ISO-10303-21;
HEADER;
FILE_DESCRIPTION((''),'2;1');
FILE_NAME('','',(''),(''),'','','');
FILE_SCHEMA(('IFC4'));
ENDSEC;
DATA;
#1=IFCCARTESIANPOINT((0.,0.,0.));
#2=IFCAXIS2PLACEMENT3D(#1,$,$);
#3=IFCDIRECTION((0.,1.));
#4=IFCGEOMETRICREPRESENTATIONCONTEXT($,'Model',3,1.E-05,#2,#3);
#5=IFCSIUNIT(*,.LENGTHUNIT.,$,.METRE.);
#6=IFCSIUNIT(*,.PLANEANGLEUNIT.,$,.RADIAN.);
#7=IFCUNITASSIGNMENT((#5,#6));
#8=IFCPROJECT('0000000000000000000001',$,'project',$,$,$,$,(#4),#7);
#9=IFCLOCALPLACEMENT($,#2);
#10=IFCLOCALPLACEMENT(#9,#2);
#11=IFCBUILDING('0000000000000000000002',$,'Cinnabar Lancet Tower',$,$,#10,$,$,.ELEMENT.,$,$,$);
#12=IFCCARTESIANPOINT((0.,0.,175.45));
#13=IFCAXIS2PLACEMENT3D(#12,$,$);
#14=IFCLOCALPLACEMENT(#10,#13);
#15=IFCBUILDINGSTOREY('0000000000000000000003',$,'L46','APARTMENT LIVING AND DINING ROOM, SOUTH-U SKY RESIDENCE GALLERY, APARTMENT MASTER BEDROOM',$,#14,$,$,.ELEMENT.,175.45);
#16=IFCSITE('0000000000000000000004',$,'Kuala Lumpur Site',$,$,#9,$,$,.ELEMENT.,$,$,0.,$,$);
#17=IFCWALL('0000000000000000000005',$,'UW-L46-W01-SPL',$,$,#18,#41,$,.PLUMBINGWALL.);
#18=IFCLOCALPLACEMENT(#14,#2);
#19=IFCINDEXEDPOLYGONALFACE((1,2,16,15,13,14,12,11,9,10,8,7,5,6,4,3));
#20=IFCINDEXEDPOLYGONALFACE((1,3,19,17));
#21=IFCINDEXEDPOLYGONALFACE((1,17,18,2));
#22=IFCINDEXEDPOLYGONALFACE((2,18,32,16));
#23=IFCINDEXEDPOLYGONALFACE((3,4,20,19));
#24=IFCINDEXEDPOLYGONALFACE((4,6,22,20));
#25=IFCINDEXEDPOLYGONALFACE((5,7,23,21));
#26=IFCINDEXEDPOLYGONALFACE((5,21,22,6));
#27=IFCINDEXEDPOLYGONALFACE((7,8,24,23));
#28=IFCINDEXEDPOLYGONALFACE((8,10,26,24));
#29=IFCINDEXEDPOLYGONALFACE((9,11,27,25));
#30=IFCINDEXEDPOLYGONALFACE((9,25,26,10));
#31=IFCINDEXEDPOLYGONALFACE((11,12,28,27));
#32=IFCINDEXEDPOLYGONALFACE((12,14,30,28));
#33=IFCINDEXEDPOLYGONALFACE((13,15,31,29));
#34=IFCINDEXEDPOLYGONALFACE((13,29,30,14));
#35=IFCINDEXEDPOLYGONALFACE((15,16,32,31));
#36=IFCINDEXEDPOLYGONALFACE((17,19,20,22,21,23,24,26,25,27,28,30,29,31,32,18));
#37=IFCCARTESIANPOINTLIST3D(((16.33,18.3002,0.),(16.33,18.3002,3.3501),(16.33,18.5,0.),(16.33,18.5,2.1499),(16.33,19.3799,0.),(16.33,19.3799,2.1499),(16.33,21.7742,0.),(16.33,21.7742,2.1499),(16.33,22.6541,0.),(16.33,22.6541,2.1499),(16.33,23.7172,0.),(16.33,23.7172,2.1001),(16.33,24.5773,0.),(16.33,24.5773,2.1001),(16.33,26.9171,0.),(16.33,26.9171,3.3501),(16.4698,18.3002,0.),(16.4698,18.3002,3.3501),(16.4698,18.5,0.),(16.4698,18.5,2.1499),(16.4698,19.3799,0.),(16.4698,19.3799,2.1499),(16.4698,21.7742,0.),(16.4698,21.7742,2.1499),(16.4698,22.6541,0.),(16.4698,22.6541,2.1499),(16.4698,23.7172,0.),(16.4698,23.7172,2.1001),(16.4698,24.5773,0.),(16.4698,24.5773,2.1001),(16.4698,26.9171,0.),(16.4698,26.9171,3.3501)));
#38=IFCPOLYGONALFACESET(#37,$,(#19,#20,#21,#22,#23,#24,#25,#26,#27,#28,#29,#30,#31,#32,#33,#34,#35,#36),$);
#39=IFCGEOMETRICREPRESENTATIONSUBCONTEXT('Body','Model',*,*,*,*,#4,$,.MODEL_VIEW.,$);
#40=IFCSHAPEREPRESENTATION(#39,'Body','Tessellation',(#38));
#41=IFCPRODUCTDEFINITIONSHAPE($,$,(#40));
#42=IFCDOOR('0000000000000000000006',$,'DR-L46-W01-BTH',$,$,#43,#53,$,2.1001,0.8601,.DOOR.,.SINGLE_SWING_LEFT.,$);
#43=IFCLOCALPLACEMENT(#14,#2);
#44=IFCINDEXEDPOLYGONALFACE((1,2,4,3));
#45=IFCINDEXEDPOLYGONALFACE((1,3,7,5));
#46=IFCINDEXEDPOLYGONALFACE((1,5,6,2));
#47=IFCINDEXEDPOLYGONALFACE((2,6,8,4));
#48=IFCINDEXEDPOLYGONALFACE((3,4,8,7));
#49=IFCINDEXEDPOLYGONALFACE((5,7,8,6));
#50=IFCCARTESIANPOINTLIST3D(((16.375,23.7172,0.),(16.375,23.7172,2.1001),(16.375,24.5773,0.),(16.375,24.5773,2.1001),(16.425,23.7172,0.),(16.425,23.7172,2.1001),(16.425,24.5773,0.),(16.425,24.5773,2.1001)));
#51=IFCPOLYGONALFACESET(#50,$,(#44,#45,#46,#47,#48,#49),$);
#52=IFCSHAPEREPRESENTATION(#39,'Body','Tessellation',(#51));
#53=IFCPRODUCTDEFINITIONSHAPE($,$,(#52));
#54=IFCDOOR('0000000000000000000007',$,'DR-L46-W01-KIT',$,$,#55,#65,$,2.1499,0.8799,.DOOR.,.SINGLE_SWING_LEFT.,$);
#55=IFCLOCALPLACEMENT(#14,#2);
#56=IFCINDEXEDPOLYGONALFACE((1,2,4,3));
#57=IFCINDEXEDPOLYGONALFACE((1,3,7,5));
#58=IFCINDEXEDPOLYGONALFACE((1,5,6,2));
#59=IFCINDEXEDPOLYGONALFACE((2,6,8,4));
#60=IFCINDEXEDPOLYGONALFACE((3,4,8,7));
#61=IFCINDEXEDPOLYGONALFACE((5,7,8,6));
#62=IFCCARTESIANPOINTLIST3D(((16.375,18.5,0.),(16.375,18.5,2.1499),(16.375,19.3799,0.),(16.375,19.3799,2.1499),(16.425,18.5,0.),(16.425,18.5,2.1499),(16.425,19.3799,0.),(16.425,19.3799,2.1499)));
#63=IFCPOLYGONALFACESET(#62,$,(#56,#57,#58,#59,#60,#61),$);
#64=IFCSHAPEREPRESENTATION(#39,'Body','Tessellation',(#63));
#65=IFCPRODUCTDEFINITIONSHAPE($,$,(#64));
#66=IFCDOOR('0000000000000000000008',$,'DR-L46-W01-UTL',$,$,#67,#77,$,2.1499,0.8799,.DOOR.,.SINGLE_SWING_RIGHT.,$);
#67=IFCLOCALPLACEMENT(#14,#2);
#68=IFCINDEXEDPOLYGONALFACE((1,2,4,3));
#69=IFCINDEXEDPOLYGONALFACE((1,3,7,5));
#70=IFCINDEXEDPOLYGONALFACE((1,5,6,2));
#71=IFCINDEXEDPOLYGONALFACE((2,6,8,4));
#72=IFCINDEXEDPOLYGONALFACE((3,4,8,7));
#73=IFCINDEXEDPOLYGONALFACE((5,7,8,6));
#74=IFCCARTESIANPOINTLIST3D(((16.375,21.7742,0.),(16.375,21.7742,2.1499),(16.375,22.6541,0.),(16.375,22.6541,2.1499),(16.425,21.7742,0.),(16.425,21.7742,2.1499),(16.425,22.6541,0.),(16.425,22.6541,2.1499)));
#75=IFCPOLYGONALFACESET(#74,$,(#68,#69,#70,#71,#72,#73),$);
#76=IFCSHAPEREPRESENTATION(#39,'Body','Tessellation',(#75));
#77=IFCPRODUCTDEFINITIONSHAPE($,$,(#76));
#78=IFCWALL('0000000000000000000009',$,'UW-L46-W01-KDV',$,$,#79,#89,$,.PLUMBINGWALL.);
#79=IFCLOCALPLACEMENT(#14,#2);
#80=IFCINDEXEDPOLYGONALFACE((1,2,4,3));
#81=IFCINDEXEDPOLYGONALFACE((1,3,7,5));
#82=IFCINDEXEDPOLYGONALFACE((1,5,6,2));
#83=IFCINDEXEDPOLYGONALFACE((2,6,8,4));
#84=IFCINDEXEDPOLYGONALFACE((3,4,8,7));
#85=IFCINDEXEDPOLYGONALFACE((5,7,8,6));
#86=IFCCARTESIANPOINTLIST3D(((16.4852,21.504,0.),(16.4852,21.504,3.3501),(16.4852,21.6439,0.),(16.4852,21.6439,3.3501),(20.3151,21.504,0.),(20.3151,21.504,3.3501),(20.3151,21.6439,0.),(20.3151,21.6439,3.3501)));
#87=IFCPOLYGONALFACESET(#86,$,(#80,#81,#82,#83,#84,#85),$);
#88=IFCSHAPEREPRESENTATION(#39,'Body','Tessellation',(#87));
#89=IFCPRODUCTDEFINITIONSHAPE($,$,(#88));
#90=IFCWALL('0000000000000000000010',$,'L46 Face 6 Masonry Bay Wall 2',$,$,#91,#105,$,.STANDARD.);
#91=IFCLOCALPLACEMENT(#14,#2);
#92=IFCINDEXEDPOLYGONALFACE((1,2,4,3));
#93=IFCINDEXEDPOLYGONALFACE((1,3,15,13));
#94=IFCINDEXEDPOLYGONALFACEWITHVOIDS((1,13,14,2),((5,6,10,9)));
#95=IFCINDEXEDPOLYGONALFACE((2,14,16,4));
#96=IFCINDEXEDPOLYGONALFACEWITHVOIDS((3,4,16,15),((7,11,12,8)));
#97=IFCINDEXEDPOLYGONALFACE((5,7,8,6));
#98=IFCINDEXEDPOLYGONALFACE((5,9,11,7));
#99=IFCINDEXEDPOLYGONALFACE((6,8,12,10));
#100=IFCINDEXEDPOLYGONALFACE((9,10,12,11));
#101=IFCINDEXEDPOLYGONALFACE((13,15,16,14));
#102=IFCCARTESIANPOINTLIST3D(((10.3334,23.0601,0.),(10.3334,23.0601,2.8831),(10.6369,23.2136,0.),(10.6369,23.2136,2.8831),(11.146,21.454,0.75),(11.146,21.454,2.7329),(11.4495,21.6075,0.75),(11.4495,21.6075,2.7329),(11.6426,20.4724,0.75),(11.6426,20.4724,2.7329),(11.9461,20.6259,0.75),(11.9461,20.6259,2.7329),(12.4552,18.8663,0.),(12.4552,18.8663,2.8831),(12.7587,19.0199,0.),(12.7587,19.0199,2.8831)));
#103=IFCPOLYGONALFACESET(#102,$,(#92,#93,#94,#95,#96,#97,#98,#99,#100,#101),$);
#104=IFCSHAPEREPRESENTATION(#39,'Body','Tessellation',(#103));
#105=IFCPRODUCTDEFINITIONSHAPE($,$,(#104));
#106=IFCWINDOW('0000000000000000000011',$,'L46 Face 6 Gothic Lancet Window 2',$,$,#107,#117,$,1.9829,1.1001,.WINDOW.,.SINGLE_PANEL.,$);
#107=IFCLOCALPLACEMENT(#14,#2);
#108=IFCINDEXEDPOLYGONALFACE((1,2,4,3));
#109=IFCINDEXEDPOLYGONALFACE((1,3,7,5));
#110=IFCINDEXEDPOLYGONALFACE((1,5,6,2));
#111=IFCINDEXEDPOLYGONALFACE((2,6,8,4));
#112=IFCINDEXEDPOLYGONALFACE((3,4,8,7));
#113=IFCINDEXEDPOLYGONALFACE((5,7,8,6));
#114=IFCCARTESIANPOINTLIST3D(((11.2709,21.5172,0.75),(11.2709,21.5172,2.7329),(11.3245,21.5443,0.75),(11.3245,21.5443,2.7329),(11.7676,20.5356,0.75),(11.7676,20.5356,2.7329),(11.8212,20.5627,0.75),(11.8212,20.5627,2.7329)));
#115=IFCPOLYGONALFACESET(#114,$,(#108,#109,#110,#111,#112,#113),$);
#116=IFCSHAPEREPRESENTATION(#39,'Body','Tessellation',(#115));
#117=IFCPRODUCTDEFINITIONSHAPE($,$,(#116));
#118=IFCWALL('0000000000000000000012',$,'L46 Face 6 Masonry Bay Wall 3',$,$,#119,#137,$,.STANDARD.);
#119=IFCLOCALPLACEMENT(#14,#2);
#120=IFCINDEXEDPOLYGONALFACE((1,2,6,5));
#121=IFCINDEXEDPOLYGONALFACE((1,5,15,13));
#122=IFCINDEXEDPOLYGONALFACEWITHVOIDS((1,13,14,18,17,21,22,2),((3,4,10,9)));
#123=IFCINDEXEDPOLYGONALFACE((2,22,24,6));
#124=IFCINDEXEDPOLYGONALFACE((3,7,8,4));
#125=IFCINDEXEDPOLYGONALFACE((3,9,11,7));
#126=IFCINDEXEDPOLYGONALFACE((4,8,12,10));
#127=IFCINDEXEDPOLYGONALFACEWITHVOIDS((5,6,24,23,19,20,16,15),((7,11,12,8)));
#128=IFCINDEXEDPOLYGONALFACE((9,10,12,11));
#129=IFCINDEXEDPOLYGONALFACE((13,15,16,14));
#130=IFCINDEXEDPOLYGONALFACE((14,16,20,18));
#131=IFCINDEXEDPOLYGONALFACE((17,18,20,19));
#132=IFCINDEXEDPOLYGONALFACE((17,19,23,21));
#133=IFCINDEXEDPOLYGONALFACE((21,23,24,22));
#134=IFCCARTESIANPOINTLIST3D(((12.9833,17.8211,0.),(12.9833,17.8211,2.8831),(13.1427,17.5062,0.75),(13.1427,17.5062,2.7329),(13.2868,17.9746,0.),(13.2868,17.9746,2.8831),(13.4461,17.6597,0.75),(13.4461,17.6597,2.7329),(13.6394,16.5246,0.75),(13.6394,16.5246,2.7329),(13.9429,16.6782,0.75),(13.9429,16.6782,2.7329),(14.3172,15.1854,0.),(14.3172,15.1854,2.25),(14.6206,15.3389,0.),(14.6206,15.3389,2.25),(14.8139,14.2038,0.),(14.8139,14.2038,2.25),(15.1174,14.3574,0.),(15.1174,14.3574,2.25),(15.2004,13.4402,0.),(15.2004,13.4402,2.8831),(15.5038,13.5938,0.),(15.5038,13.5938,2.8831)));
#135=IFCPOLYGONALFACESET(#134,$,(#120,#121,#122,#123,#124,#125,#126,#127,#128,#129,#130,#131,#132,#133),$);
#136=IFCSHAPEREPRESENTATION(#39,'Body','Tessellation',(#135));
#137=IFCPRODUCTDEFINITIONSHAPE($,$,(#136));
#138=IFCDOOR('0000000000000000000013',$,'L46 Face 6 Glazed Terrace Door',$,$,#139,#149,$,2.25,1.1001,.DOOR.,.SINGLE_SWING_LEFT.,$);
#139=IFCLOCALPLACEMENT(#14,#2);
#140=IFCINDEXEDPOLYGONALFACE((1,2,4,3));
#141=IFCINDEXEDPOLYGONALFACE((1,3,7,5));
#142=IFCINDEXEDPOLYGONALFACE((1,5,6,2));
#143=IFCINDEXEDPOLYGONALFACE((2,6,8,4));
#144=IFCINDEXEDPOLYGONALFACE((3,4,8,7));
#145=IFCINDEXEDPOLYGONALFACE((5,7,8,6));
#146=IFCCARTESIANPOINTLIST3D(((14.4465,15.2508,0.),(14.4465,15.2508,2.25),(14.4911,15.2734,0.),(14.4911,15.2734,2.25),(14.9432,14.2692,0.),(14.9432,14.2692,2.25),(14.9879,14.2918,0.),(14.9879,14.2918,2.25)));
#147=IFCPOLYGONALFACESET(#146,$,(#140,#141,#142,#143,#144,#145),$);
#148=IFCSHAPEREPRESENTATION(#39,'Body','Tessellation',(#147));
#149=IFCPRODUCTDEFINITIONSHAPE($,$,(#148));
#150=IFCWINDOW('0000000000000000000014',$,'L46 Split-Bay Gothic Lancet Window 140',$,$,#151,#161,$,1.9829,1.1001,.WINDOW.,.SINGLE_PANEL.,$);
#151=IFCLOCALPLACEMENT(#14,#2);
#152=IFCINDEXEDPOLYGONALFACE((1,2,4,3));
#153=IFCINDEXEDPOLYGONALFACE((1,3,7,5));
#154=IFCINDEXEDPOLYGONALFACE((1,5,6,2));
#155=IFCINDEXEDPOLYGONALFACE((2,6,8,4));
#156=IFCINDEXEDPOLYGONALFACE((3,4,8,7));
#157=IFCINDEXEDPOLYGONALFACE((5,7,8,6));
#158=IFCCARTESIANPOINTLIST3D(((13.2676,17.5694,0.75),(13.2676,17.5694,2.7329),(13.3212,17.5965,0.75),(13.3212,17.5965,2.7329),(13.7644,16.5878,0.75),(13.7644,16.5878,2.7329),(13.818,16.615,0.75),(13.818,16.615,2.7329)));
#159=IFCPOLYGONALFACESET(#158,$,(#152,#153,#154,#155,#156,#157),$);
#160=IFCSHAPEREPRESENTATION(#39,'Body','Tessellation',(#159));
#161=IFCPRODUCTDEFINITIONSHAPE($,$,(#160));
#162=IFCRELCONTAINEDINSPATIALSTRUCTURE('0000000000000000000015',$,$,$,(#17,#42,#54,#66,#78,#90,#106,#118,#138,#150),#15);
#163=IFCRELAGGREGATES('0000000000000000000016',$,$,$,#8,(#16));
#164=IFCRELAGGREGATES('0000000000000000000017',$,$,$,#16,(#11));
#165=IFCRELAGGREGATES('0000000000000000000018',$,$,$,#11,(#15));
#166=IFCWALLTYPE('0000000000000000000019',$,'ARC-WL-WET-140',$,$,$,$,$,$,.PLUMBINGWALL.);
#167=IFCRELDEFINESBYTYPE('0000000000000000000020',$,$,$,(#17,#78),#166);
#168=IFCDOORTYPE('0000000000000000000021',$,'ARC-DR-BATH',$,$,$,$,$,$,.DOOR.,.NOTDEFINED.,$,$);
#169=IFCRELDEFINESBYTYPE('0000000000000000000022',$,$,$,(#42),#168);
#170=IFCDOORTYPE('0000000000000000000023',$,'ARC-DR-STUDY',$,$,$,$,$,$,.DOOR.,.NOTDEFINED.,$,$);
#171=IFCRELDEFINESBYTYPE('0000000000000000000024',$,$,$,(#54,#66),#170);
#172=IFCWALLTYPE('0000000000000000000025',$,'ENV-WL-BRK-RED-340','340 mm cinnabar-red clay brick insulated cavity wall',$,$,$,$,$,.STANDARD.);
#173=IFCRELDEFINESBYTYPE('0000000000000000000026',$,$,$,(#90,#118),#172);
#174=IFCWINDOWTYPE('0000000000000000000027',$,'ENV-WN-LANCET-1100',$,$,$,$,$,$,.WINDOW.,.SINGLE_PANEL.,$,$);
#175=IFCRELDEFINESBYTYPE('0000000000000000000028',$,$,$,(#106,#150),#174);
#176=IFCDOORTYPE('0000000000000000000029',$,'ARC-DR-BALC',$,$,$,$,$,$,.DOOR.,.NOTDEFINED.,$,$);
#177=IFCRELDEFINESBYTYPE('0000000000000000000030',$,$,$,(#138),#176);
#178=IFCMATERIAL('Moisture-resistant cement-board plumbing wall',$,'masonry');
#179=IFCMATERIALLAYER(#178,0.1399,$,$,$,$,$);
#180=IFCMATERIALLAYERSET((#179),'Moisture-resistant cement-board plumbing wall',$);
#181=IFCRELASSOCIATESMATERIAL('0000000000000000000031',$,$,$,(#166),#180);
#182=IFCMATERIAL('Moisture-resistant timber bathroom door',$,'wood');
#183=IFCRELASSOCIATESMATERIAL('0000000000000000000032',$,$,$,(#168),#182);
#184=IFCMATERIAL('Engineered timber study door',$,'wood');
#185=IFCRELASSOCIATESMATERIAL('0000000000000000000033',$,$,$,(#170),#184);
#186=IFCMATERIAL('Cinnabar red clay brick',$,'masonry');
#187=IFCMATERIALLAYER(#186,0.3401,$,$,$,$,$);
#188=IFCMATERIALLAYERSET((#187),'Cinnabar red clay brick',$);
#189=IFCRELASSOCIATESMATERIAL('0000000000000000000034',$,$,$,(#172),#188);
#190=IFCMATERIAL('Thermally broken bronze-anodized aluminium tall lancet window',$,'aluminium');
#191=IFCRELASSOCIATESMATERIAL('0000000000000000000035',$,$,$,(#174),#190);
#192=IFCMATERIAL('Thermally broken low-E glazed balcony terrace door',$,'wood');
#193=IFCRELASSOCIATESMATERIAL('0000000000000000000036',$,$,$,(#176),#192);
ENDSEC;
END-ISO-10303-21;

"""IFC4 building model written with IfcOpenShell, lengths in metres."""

from ifc_helpers import new_model, si_unit, direction, frame, frame_2d, origin, place, context, subcontext, project, spatial, rectangle, extrude, material, layer, layer_set, type_object, element, fill, save


model = new_model("IFC4")

# Units and contexts
model_context = context("Model", 3, precision=1e-05, world=origin(), true_north=direction((0.0, 1.0)))
body_context = subcontext(model_context, "Body", "Model", "MODEL_VIEW")
ifc_project = project(units=[si_unit("LENGTHUNIT", "METRE"), si_unit("PLANEANGLEUNIT", "RADIAN")], contexts=[model_context])

# Site, building, storey
site_placement = place(None, origin())
site = spatial("IfcSite", under=ifc_project, at=site_placement, Name="Kuala Lumpur Site", CompositionType="ELEMENT", RefElevation=0.0)
building_placement = place(site_placement, origin())
building = spatial("IfcBuilding", under=site, at=building_placement, Name="Cinnabar Lancet Tower", CompositionType="ELEMENT")
storey_placement = place(building_placement, frame((0.0, 0.0, 175.45)))
storey = spatial("IfcBuildingStorey", under=building, at=storey_placement, Name="L46", Description="APARTMENT LIVING AND DINING ROOM, SOUTH-U SKY RESIDENCE GALLERY, APARTMENT MASTER BEDROOM", CompositionType="ELEMENT", Elevation=175.45)

# Wall, openings, doors
ifc_material_1 = material(Name="Moisture-resistant cement-board plumbing wall", Category="masonry")
ifc_layer_1 = layer(ifc_material_1, 0.1399)
ifc_layer_set_1 = layer_set([ifc_layer_1], Name="Moisture-resistant cement-board plumbing wall")
wall_type_1 = type_object("IfcWallType", Name="ARC-WL-WET-140", PredefinedType="PLUMBINGWALL", material=ifc_layer_set_1)
wall_1_placement = place(storey_placement, frame((16.3999, 18.3, 0.0), z_axis=(0.0, 0.0, 1.0), x_axis=(0.0, 1.0, 0.0)))
wall_1 = element("IfcWall", 1, at=wall_1_placement, inside=storey, type_object=wall_type_1, Name="UW-L46-W01-SPL", PredefinedType="PLUMBINGWALL", context=body_context, shape_type="SweptSolid", body=[
    extrude(rectangle(XDim=8.6169, YDim=0.1399, at=frame_2d((4.3086, 0.0))), origin(), (0.0, 0.0, 1.0), 3.3501),
])
opening_1_placement = place(wall_1_placement, frame((0.2, 0.0, 0.0)))
opening_1 = element("IfcOpeningElement", 2, at=opening_1_placement, cuts=wall_1, PredefinedType="OPENING", context=body_context, shape_type="SweptSolid", body=[
    extrude(rectangle(XDim=0.8799, YDim=2.1499, at=frame_2d((0.4399, 1.075))), frame((0.0, 0.0798, 0.0), z_axis=(0.0, -1.0, 0.0), x_axis=(1.0, 0.0, 0.0)), (0.0, 0.0, 1.0), 0.1599),
])
opening_2_placement = place(wall_1_placement, frame((3.4741, 0.0, 0.0)))
opening_2 = element("IfcOpeningElement", 3, at=opening_2_placement, cuts=wall_1, PredefinedType="OPENING", context=body_context, shape_type="SweptSolid", body=[
    extrude(rectangle(XDim=0.8799, YDim=2.1499, at=frame_2d((0.4399, 1.075))), frame((0.0, 0.0798, 0.0), z_axis=(0.0, -1.0, 0.0), x_axis=(1.0, 0.0, 0.0)), (0.0, 0.0, 1.0), 0.1599),
])
opening_3_placement = place(wall_1_placement, frame((5.417, 0.0, 0.0)))
opening_3 = element("IfcOpeningElement", 4, at=opening_3_placement, cuts=wall_1, PredefinedType="OPENING", context=body_context, shape_type="SweptSolid", body=[
    extrude(rectangle(XDim=0.8601, YDim=2.1001, at=frame_2d((0.4302, 1.05))), frame((0.0, 0.0798, 0.0), z_axis=(0.0, -1.0, 0.0), x_axis=(1.0, 0.0, 0.0)), (0.0, 0.0, 1.0), 0.1599),
])
ifc_material_2 = material(Name="Moisture-resistant timber bathroom door", Category="wood")
door_type_1 = type_object("IfcDoorType", Name="ARC-DR-BATH", OperationType="NOTDEFINED", PredefinedType="DOOR", material=ifc_material_2)
door_1_placement = place(opening_3_placement, origin())
door_1 = element("IfcDoor", 5, at=door_1_placement, inside=storey, type_object=door_type_1, Name="DR-L46-W01-BTH", OperationType="SINGLE_SWING_LEFT", OverallHeight=2.1001, OverallWidth=0.8601, PredefinedType="DOOR", context=body_context, shape_type="SweptSolid", body=[
    extrude(rectangle(XDim=0.8601, YDim=2.1001, at=frame_2d((0.4302, 1.05))), frame((0.0, 0.0249, 0.0), z_axis=(0.0, -1.0, 0.0), x_axis=(1.0, 0.0, 0.0)), (0.0, 0.0, 1.0), 0.05),
])
fill(opening_3, door_1)
ifc_material_3 = material(Name="Engineered timber study door", Category="wood")
door_type_2 = type_object("IfcDoorType", Name="ARC-DR-STUDY", OperationType="NOTDEFINED", PredefinedType="DOOR", material=ifc_material_3)
door_2_placement = place(opening_1_placement, origin())
door_2 = element("IfcDoor", 6, at=door_2_placement, inside=storey, type_object=door_type_2, Name="DR-L46-W01-KIT", OperationType="SINGLE_SWING_LEFT", OverallHeight=2.1499, OverallWidth=0.8799, PredefinedType="DOOR", context=body_context, shape_type="SweptSolid", body=[
    extrude(rectangle(XDim=0.8799, YDim=2.1499, at=frame_2d((0.4399, 1.075))), frame((0.0, 0.0249, 0.0), z_axis=(0.0, -1.0, 0.0), x_axis=(1.0, 0.0, 0.0)), (0.0, 0.0, 1.0), 0.05),
])
fill(opening_1, door_2)
door_3_placement = place(opening_2_placement, origin())
door_3 = element("IfcDoor", 7, at=door_3_placement, inside=storey, type_object=door_type_2, Name="DR-L46-W01-UTL", OperationType="SINGLE_SWING_RIGHT", OverallHeight=2.1499, OverallWidth=0.8799, PredefinedType="DOOR", context=body_context, shape_type="SweptSolid", body=[
    extrude(rectangle(XDim=0.8799, YDim=2.1499, at=frame_2d((0.4399, 1.075))), frame((0.0, 0.0249, 0.0), z_axis=(0.0, -1.0, 0.0), x_axis=(1.0, 0.0, 0.0)), (0.0, 0.0, 1.0), 0.05),
])
fill(opening_2, door_3)

# Wall
wall_2_placement = place(storey_placement, frame((16.4851, 21.574, 0.0), z_axis=(0.0, 0.0, 1.0), x_axis=(1.0, 0.0, 0.0)))
element("IfcWall", 8, at=wall_2_placement, inside=storey, type_object=wall_type_1, Name="UW-L46-W01-KDV", PredefinedType="PLUMBINGWALL", context=body_context, shape_type="SweptSolid", body=[
    extrude(rectangle(XDim=3.8298, YDim=0.1399, at=frame_2d((1.915, 0.0))), origin(), (0.0, 0.0, 1.0), 3.3501),
])

# Wall, opening, window
ifc_material_4 = material(Name="Cinnabar red clay brick", Category="masonry")
ifc_layer_2 = layer(ifc_material_4, 0.3401)
ifc_layer_set_2 = layer_set([ifc_layer_2], Name="Cinnabar red clay brick")
wall_type_2 = type_object("IfcWallType", Name="ENV-WL-BRK-RED-340", Description="340 mm cinnabar-red clay brick insulated cavity wall", PredefinedType="STANDARD", material=ifc_layer_set_2)
wall_3_placement = place(storey_placement, frame((10.4851, 23.137, 0.0), z_axis=(0.0, 0.0, 1.0), x_axis=(0.451447, -0.892298, 0.0)))
wall_3 = element("IfcWall", 9, at=wall_3_placement, inside=storey, type_object=wall_type_2, Name="L46 Face 6 Masonry Bay Wall 2", PredefinedType="STANDARD", context=body_context, shape_type="SweptSolid", body=[
    extrude(rectangle(XDim=4.7, YDim=0.3401, at=frame_2d((2.3501, 0.0))), origin(), (0.0, 0.0, 1.0), 2.8831),
])
opening_4_placement = place(wall_3_placement, frame((1.8, 0.0, 0.75)))
opening_4 = element("IfcOpeningElement", 10, at=opening_4_placement, cuts=wall_3, PredefinedType="OPENING", context=body_context, shape_type="SweptSolid", body=[
    extrude(rectangle(XDim=1.1001, YDim=1.9829, at=frame_2d((0.55, 0.9915))), frame((0.0, 0.1799, 0.0), z_axis=(0.0, -1.0, 0.0), x_axis=(1.0, 0.0, 0.0)), (0.0, 0.0, 1.0), 0.3601),
])
ifc_material_5 = material(Name="Thermally broken bronze-anodized aluminium tall lancet window", Category="aluminium")
window_type = type_object("IfcWindowType", Name="ENV-WN-LANCET-1100", PartitioningType="SINGLE_PANEL", PredefinedType="WINDOW", material=ifc_material_5)
window_1_placement = place(opening_4_placement, origin())
window_1 = element("IfcWindow", 11, at=window_1_placement, inside=storey, type_object=window_type, Name="L46 Face 6 Gothic Lancet Window 2", OverallHeight=1.9829, OverallWidth=1.1001, PartitioningType="SINGLE_PANEL", PredefinedType="WINDOW", context=body_context, shape_type="SweptSolid", body=[
    extrude(rectangle(XDim=1.1001, YDim=1.9829, at=frame_2d((0.55, 0.9915))), frame((0.0, 0.03, 0.0), z_axis=(0.0, -1.0, 0.0), x_axis=(1.0, 0.0, 0.0)), (0.0, 0.0, 1.0), 0.0601),
])
fill(opening_4, window_1)

# Wall, openings, door, window
wall_4_placement = place(storey_placement, frame((13.135, 17.8979, 0.0), z_axis=(0.0, 0.0, 1.0), x_axis=(0.451544, -0.892249, 0.0)))
wall_4 = element("IfcWall", 12, at=wall_4_placement, inside=storey, type_object=wall_type_2, Name="L46 Face 6 Masonry Bay Wall 3", PredefinedType="STANDARD", context=body_context, shape_type="SweptSolid", body=[
    extrude(rectangle(XDim=4.9099, YDim=0.3401, at=frame_2d((2.4551, 0.0))), origin(), (0.0, 0.0, 1.0), 2.8831),
])
opening_5_placement = place(wall_4_placement, frame((2.9541, 0.0, 0.0)))
opening_5 = element("IfcOpeningElement", 13, at=opening_5_placement, cuts=wall_4, PredefinedType="OPENING", context=body_context, shape_type="SweptSolid", body=[
    extrude(rectangle(XDim=1.1001, YDim=2.25, at=frame_2d((0.55, 1.125))), frame((0.0, 0.1799, 0.0), z_axis=(0.0, -1.0, 0.0), x_axis=(1.0, 0.0, 0.0)), (0.0, 0.0, 1.0), 0.3601),
])
opening_6_placement = place(wall_4_placement, frame((0.353, 0.0, 0.75)))
opening_6 = element("IfcOpeningElement", 14, at=opening_6_placement, cuts=wall_4, PredefinedType="OPENING", context=body_context, shape_type="SweptSolid", body=[
    extrude(rectangle(XDim=1.1001, YDim=1.9829, at=frame_2d((0.55, 0.9915))), frame((0.0, 0.1799, 0.0), z_axis=(0.0, -1.0, 0.0), x_axis=(1.0, 0.0, 0.0)), (0.0, 0.0, 1.0), 0.3601),
])
ifc_material_6 = material(Name="Thermally broken low-E glazed balcony terrace door", Category="wood")
door_type_3 = type_object("IfcDoorType", Name="ARC-DR-BALC", OperationType="NOTDEFINED", PredefinedType="DOOR", material=ifc_material_6)
door_4_placement = place(opening_5_placement, origin())
door_4 = element("IfcDoor", 15, at=door_4_placement, inside=storey, type_object=door_type_3, Name="L46 Face 6 Glazed Terrace Door", OperationType="SINGLE_SWING_LEFT", OverallHeight=2.25, OverallWidth=1.1001, PredefinedType="DOOR", context=body_context, shape_type="SweptSolid", body=[
    extrude(rectangle(XDim=1.1001, YDim=2.25, at=frame_2d((0.55, 1.125))), frame((0.0, 0.0249, 0.0), z_axis=(0.0, -1.0, 0.0), x_axis=(1.0, 0.0, 0.0)), (0.0, 0.0, 1.0), 0.05),
])
fill(opening_5, door_4)
window_2_placement = place(opening_6_placement, origin())
window_2 = element("IfcWindow", 16, at=window_2_placement, inside=storey, type_object=window_type, Name="L46 Split-Bay Gothic Lancet Window 140", OverallHeight=1.9829, OverallWidth=1.1001, PartitioningType="SINGLE_PANEL", PredefinedType="WINDOW", context=body_context, shape_type="SweptSolid", body=[
    extrude(rectangle(XDim=1.1001, YDim=1.9829, at=frame_2d((0.55, 0.9915))), frame((0.0, 0.03, 0.0), z_axis=(0.0, -1.0, 0.0), x_axis=(1.0, 0.0, 0.0)), (0.0, 0.0, 1.0), 0.0601),
])
fill(opening_6, window_2)

save(model, "model.ifc")
